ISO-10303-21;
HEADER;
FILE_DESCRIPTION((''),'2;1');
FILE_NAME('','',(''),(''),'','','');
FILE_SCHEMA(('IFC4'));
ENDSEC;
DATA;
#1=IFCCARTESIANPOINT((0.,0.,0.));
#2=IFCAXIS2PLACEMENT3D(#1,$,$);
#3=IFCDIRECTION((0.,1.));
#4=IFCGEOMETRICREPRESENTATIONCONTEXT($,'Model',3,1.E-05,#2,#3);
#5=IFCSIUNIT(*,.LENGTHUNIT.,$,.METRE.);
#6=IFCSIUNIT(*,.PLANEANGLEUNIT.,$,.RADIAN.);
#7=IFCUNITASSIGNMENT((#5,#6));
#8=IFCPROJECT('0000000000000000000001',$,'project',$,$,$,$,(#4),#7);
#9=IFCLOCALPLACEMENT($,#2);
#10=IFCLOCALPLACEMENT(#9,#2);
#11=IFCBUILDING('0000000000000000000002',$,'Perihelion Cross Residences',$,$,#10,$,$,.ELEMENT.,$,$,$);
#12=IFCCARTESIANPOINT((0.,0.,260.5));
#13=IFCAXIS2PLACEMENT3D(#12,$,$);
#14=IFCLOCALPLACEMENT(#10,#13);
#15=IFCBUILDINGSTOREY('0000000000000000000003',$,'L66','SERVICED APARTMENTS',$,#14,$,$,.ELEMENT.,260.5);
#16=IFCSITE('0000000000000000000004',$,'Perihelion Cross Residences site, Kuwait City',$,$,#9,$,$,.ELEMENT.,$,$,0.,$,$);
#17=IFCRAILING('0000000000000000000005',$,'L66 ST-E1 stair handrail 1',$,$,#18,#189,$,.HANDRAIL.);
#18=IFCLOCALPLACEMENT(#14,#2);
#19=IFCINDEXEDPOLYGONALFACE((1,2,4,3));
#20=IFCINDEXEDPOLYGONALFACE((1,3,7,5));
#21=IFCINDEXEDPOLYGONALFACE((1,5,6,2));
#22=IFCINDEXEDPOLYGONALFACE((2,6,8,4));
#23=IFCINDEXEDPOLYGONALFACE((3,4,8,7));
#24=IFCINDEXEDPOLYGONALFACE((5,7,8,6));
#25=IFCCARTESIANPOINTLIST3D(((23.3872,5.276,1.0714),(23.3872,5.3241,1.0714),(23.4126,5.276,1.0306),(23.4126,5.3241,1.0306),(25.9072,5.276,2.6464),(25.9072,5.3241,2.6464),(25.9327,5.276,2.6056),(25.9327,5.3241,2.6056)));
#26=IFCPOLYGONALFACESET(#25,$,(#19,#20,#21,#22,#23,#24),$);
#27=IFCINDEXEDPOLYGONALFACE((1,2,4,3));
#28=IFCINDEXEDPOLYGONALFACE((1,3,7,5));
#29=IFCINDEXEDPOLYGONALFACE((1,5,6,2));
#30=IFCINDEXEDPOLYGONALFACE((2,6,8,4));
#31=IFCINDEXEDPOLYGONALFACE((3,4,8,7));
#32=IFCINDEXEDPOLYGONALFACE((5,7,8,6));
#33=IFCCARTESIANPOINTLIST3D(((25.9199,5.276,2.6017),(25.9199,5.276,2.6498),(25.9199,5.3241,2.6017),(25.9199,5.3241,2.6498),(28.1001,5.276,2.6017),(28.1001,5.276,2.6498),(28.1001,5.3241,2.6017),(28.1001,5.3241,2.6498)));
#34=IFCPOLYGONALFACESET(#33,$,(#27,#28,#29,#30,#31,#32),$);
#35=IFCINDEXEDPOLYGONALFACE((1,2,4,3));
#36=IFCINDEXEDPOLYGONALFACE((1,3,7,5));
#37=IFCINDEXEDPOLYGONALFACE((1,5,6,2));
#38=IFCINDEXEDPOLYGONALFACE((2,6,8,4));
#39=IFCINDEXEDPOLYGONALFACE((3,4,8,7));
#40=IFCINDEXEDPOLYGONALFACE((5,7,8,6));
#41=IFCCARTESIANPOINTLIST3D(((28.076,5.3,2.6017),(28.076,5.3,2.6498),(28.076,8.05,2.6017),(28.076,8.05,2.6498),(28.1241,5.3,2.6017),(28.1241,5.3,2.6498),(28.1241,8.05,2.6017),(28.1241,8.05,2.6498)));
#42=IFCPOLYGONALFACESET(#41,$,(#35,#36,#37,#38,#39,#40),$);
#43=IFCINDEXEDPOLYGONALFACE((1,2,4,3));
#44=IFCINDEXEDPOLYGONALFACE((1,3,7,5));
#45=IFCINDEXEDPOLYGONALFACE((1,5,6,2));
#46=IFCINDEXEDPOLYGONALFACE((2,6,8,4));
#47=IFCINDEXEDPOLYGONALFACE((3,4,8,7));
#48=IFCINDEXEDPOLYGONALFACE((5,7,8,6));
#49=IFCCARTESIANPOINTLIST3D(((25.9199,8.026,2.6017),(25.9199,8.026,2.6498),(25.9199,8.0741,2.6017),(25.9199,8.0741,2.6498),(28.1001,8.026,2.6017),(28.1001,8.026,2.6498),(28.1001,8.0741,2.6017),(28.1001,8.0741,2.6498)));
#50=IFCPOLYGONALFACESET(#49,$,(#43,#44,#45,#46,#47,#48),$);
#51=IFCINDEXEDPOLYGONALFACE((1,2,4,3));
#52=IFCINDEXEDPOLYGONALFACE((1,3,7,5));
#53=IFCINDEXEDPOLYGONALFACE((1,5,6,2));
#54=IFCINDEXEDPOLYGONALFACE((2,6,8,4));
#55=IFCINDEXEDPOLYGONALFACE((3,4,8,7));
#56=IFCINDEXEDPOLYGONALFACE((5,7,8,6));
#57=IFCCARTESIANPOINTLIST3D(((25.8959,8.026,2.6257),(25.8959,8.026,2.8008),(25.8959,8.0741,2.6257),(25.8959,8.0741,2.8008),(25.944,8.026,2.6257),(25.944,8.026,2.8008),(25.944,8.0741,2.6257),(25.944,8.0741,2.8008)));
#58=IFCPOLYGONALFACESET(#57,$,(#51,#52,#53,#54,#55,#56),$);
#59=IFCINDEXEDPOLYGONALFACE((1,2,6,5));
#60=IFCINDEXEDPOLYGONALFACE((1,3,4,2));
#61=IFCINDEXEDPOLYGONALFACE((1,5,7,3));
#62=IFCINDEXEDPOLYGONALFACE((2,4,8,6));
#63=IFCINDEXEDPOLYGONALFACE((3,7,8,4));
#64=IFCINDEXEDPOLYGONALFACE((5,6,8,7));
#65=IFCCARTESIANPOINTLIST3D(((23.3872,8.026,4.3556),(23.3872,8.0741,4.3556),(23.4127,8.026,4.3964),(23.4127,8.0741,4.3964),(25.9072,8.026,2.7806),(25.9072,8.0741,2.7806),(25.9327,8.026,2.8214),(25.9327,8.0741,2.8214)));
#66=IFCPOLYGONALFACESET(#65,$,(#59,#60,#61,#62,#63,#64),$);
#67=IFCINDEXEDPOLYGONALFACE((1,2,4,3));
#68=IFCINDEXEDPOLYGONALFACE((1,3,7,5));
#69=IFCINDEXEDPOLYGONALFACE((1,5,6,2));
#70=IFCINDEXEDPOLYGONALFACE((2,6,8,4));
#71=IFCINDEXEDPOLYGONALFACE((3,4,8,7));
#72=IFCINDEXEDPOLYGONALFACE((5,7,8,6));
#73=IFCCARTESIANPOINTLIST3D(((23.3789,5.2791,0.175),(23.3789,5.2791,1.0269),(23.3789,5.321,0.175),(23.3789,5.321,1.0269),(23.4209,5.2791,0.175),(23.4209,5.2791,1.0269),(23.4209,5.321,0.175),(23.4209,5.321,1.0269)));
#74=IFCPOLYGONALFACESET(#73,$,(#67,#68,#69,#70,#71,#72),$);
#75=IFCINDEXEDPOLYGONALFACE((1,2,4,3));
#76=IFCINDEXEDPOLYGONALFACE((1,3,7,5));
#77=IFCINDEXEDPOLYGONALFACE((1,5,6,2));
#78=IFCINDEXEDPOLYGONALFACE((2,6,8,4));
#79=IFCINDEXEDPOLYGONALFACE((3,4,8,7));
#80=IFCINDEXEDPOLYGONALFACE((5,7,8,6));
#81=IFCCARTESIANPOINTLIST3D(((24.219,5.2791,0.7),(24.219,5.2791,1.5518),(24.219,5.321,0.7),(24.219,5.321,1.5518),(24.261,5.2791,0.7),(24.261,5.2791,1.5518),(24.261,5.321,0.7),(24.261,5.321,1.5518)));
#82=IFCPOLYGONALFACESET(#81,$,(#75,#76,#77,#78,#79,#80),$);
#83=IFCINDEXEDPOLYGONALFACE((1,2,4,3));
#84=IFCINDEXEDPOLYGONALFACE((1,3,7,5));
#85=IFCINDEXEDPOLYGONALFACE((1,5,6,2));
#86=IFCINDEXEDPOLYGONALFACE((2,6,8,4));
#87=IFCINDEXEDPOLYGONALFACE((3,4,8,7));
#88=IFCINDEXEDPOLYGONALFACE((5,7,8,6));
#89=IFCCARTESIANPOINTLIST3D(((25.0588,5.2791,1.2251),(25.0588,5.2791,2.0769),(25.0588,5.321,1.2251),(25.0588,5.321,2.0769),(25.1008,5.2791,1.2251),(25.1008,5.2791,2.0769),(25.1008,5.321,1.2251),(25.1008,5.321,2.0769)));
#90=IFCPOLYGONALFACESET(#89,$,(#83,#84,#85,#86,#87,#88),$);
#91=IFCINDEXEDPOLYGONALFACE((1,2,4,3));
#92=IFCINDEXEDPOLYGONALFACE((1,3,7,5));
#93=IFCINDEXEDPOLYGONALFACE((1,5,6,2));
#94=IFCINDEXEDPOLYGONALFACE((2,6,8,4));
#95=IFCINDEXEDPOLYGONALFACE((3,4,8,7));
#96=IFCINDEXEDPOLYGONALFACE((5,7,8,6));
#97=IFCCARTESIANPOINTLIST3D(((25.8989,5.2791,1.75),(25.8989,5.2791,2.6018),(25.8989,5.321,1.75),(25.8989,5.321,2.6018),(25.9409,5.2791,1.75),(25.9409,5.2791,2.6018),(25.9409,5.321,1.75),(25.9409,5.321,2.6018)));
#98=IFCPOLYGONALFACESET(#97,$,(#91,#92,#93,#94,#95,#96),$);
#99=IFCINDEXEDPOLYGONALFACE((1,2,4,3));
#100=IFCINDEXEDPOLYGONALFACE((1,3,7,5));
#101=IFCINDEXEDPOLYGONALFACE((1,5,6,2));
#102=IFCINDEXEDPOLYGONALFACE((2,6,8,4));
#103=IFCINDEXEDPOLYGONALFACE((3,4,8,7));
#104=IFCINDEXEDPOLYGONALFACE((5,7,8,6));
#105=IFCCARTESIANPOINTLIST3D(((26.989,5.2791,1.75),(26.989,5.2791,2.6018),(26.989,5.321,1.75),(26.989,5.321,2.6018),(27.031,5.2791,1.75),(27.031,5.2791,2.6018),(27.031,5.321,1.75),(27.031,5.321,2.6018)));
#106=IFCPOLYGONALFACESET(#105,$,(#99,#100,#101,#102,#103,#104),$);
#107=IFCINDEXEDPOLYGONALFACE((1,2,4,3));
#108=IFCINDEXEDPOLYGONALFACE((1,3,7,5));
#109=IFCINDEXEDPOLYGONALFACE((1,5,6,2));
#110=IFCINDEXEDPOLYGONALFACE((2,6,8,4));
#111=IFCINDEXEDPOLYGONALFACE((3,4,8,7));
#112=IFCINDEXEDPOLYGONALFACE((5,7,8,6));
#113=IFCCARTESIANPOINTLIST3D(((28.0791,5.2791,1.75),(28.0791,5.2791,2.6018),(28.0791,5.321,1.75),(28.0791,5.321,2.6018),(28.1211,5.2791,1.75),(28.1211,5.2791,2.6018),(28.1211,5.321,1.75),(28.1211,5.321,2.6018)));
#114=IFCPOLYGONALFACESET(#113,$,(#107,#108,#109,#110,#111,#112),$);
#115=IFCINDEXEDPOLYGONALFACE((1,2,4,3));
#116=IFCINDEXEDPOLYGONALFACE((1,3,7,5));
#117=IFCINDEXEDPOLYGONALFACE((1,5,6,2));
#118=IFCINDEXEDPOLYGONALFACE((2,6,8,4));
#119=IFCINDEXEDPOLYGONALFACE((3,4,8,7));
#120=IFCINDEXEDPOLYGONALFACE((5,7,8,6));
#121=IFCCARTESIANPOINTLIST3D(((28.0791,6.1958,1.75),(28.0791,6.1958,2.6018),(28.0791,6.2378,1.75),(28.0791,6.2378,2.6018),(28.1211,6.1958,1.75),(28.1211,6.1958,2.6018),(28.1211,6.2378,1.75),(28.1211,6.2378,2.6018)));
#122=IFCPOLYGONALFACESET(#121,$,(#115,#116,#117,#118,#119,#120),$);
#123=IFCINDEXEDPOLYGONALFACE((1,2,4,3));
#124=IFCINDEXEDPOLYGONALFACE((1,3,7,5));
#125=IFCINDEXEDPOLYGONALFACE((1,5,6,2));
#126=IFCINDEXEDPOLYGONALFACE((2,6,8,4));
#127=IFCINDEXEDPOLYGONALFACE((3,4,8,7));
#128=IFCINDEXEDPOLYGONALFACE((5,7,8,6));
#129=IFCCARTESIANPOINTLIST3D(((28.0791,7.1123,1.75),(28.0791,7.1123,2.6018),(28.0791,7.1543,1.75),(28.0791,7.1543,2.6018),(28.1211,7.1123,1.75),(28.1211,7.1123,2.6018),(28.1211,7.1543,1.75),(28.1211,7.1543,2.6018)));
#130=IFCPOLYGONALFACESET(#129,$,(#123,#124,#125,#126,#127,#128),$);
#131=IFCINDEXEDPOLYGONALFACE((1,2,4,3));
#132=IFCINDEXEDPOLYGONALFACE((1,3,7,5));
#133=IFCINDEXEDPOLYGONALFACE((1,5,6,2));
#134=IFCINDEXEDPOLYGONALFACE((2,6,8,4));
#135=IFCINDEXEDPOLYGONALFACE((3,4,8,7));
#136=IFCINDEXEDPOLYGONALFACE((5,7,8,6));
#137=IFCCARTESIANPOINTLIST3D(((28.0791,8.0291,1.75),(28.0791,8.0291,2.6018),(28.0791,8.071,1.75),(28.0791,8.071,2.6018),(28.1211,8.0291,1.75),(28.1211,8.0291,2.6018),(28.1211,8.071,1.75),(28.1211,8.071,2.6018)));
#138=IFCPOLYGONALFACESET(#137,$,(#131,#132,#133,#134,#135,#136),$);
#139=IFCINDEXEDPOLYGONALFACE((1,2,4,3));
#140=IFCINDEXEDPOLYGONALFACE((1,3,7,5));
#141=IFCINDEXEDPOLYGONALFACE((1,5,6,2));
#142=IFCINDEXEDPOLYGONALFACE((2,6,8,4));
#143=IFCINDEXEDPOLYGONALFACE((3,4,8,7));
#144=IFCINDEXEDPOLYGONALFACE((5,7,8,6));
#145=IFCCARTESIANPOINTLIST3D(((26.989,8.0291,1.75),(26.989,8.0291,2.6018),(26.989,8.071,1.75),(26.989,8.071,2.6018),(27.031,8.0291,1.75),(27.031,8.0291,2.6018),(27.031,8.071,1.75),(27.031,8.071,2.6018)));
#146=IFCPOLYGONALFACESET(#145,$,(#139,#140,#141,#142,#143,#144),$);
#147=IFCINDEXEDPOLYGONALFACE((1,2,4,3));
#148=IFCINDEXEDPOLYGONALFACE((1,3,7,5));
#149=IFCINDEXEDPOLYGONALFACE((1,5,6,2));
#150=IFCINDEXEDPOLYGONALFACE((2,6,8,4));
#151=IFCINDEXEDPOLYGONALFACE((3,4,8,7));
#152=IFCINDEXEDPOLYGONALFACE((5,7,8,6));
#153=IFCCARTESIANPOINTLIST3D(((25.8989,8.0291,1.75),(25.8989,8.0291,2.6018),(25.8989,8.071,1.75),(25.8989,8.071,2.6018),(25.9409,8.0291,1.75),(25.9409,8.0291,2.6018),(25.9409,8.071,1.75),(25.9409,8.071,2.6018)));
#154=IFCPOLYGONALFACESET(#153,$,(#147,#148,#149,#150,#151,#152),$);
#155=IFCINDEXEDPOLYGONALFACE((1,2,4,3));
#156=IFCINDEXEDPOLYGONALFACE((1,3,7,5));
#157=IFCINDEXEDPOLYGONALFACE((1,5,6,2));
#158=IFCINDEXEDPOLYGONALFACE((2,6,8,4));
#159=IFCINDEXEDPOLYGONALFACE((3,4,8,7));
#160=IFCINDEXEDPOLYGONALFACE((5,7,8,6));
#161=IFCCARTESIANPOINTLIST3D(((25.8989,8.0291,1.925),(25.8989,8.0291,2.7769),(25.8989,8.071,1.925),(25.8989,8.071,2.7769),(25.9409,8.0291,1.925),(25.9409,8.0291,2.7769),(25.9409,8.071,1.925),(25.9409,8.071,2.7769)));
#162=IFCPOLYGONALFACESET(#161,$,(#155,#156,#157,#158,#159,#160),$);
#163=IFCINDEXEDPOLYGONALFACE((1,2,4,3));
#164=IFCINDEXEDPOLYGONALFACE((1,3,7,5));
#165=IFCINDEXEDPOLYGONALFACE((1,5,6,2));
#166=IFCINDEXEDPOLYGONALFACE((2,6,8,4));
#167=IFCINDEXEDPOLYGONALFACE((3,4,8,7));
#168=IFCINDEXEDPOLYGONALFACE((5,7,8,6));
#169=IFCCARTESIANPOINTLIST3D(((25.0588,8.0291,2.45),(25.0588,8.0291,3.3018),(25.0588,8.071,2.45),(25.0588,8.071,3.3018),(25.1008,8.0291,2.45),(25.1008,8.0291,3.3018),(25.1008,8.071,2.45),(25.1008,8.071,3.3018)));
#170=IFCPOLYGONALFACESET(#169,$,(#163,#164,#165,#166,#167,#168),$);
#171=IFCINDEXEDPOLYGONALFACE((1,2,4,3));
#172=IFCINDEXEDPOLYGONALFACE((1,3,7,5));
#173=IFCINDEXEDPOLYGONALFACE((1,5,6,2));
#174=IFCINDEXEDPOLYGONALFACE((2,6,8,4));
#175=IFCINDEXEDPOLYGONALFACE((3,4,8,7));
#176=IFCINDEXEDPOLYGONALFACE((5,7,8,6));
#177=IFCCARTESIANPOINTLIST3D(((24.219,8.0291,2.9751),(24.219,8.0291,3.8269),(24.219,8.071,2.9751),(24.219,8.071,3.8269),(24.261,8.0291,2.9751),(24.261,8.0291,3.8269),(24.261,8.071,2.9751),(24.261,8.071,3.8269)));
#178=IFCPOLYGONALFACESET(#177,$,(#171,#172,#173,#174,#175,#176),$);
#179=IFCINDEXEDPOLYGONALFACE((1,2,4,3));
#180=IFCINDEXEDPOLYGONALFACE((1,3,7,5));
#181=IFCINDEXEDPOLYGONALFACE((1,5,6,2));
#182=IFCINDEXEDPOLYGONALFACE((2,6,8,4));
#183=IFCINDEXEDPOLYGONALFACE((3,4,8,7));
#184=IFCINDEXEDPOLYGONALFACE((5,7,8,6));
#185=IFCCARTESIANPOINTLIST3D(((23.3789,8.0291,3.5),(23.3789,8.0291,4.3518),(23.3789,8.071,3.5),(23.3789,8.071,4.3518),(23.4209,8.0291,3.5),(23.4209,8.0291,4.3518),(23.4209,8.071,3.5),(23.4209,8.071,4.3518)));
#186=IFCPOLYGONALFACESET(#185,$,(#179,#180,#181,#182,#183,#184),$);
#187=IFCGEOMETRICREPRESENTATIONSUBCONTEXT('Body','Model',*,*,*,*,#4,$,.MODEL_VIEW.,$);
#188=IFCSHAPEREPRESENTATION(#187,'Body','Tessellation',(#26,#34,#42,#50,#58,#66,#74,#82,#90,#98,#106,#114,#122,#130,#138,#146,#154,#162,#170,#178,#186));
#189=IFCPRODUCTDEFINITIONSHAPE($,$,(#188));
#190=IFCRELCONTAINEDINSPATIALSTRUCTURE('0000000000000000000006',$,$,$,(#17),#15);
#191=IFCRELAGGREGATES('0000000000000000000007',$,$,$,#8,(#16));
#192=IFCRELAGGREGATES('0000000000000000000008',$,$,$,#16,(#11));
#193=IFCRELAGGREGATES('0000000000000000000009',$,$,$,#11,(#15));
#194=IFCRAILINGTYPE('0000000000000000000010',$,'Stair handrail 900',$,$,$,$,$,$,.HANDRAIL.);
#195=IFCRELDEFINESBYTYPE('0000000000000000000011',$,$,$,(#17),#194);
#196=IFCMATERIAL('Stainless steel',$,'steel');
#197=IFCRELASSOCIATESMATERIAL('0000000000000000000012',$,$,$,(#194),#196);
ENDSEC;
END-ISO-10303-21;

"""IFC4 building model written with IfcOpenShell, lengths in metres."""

from ifc_helpers import new_model, si_unit, direction, frame, origin, origin_2d, place, context, subcontext, project, spatial, rectangle, extrude, material, type_object, element, save


model = new_model("IFC4")

# Units and contexts
model_context = context("Model", 3, precision=1e-05, world=origin(), true_north=direction((0.0, 1.0)))
body_context = subcontext(model_context, "Body", "Model", "MODEL_VIEW")
ifc_project = project(units=[si_unit("LENGTHUNIT", "METRE"), si_unit("PLANEANGLEUNIT", "RADIAN")], contexts=[model_context])

# Site, building, storey
site_placement = place(None, origin())
site = spatial("IfcSite", under=ifc_project, at=site_placement, Name="Perihelion Cross Residences site, Kuwait City", CompositionType="ELEMENT", RefElevation=0.0)
building_placement = place(site_placement, origin())
building = spatial("IfcBuilding", under=site, at=building_placement, Name="Perihelion Cross Residences", CompositionType="ELEMENT")
storey_placement = place(building_placement, frame((0.0, 0.0, 260.5)))
storey = spatial("IfcBuildingStorey", under=building, at=storey_placement, Name="L66", Description="SERVICED APARTMENTS", CompositionType="ELEMENT", Elevation=260.5)

# Railing
ifc_material_1 = material(Name="Stainless steel", Category="steel")
railing_type_1 = type_object("IfcRailingType", Name="Stair handrail 900", PredefinedType="HANDRAIL", material=ifc_material_1)
railing_1_placement = place(storey_placement, frame((23.3999, 5.3, 0.175)))
element("IfcRailing", 1, at=railing_1_placement, inside=storey, type_object=railing_type_1, Name="L66 ST-E1 stair handrail 1", PredefinedType="HANDRAIL", context=body_context, shape_type="SweptSolid", body=[
    extrude(rectangle(XDim=0.0481, YDim=0.0481, at=origin_2d()), frame((0.0, 0.0, 0.876), z_axis=(0.848008, 0.0, 0.529984), x_axis=(0.0, 1.0, 0.0)), (0.0, 0.0, 1.0), 2.9717),
    extrude(rectangle(XDim=0.0481, YDim=0.0481, at=origin_2d()), frame((2.52, 0.0, 2.4507), z_axis=(1.0, 0.0, 0.0), x_axis=(0.0, 1.0, 0.0)), (0.0, 0.0, 1.0), 2.1802),
    extrude(rectangle(XDim=0.0481, YDim=0.0481, at=origin_2d()), frame((4.7002, 0.0, 2.4507), z_axis=(0.0, 1.0, 0.0), x_axis=(-1.0, 0.0, 0.0)), (0.0, 0.0, 1.0), 2.75),
    extrude(rectangle(XDim=0.0481, YDim=0.0481, at=origin_2d()), frame((4.7002, 2.75, 2.4507), z_axis=(-1.0, 0.0, 0.0), x_axis=(0.0, -1.0, 0.0)), (0.0, 0.0, 1.0), 2.1802),
    extrude(rectangle(XDim=0.0481, YDim=0.0481, at=origin_2d()), frame((2.52, 2.75, 2.4507), z_axis=(0.0, 0.0, 1.0), x_axis=(1.0, 0.0, 0.0)), (0.0, 0.0, 1.0), 0.175),
    extrude(rectangle(XDim=0.0481, YDim=0.0481, at=origin_2d()), frame((2.52, 2.75, 2.626), z_axis=(-0.848008, 0.0, 0.529984), x_axis=(0.0, -1.0, 0.0)), (0.0, 0.0, 1.0), 2.9717),
    extrude(rectangle(XDim=0.042, YDim=0.042, at=origin_2d()), origin(), (0.0, 0.0, 1.0), 0.8518),
    extrude(rectangle(XDim=0.042, YDim=0.042, at=origin_2d()), frame((0.8401, 0.0, 0.5249)), (0.0, 0.0, 1.0), 0.8518),
    extrude(rectangle(XDim=0.042, YDim=0.042, at=origin_2d()), frame((1.6799, 0.0, 1.05)), (0.0, 0.0, 1.0), 0.8518),
    extrude(rectangle(XDim=0.042, YDim=0.042, at=origin_2d()), frame((2.52, 0.0, 1.575)), (0.0, 0.0, 1.0), 0.8518),
    extrude(rectangle(XDim=0.042, YDim=0.042, at=origin_2d()), frame((3.6101, 0.0, 1.575)), (0.0, 0.0, 1.0), 0.8518),
    extrude(rectangle(XDim=0.042, YDim=0.042, at=origin_2d()), frame((4.7002, 0.0, 1.575)), (0.0, 0.0, 1.0), 0.8518),
    extrude(rectangle(XDim=0.042, YDim=0.042, at=origin_2d()), frame((4.7002, 0.9167, 1.575)), (0.0, 0.0, 1.0), 0.8518),
    extrude(rectangle(XDim=0.042, YDim=0.042, at=origin_2d()), frame((4.7002, 1.8333, 1.575)), (0.0, 0.0, 1.0), 0.8518),
    extrude(rectangle(XDim=0.042, YDim=0.042, at=origin_2d()), frame((4.7002, 2.75, 1.575)), (0.0, 0.0, 1.0), 0.8518),
    extrude(rectangle(XDim=0.042, YDim=0.042, at=origin_2d()), frame((3.6101, 2.75, 1.575)), (0.0, 0.0, 1.0), 0.8518),
    extrude(rectangle(XDim=0.042, YDim=0.042, at=origin_2d()), frame((2.52, 2.75, 1.575)), (0.0, 0.0, 1.0), 0.8518),
    extrude(rectangle(XDim=0.042, YDim=0.042, at=origin_2d()), frame((2.52, 2.75, 1.75)), (0.0, 0.0, 1.0), 0.8518),
    extrude(rectangle(XDim=0.042, YDim=0.042, at=origin_2d()), frame((1.6799, 2.75, 2.2749)), (0.0, 0.0, 1.0), 0.8518),
    extrude(rectangle(XDim=0.042, YDim=0.042, at=origin_2d()), frame((0.8401, 2.75, 2.8)), (0.0, 0.0, 1.0), 0.8518),
    extrude(rectangle(XDim=0.042, YDim=0.042, at=origin_2d()), frame((0.0, 2.75, 3.325)), (0.0, 0.0, 1.0), 0.8518),
])

save(model, "model.ifc")
